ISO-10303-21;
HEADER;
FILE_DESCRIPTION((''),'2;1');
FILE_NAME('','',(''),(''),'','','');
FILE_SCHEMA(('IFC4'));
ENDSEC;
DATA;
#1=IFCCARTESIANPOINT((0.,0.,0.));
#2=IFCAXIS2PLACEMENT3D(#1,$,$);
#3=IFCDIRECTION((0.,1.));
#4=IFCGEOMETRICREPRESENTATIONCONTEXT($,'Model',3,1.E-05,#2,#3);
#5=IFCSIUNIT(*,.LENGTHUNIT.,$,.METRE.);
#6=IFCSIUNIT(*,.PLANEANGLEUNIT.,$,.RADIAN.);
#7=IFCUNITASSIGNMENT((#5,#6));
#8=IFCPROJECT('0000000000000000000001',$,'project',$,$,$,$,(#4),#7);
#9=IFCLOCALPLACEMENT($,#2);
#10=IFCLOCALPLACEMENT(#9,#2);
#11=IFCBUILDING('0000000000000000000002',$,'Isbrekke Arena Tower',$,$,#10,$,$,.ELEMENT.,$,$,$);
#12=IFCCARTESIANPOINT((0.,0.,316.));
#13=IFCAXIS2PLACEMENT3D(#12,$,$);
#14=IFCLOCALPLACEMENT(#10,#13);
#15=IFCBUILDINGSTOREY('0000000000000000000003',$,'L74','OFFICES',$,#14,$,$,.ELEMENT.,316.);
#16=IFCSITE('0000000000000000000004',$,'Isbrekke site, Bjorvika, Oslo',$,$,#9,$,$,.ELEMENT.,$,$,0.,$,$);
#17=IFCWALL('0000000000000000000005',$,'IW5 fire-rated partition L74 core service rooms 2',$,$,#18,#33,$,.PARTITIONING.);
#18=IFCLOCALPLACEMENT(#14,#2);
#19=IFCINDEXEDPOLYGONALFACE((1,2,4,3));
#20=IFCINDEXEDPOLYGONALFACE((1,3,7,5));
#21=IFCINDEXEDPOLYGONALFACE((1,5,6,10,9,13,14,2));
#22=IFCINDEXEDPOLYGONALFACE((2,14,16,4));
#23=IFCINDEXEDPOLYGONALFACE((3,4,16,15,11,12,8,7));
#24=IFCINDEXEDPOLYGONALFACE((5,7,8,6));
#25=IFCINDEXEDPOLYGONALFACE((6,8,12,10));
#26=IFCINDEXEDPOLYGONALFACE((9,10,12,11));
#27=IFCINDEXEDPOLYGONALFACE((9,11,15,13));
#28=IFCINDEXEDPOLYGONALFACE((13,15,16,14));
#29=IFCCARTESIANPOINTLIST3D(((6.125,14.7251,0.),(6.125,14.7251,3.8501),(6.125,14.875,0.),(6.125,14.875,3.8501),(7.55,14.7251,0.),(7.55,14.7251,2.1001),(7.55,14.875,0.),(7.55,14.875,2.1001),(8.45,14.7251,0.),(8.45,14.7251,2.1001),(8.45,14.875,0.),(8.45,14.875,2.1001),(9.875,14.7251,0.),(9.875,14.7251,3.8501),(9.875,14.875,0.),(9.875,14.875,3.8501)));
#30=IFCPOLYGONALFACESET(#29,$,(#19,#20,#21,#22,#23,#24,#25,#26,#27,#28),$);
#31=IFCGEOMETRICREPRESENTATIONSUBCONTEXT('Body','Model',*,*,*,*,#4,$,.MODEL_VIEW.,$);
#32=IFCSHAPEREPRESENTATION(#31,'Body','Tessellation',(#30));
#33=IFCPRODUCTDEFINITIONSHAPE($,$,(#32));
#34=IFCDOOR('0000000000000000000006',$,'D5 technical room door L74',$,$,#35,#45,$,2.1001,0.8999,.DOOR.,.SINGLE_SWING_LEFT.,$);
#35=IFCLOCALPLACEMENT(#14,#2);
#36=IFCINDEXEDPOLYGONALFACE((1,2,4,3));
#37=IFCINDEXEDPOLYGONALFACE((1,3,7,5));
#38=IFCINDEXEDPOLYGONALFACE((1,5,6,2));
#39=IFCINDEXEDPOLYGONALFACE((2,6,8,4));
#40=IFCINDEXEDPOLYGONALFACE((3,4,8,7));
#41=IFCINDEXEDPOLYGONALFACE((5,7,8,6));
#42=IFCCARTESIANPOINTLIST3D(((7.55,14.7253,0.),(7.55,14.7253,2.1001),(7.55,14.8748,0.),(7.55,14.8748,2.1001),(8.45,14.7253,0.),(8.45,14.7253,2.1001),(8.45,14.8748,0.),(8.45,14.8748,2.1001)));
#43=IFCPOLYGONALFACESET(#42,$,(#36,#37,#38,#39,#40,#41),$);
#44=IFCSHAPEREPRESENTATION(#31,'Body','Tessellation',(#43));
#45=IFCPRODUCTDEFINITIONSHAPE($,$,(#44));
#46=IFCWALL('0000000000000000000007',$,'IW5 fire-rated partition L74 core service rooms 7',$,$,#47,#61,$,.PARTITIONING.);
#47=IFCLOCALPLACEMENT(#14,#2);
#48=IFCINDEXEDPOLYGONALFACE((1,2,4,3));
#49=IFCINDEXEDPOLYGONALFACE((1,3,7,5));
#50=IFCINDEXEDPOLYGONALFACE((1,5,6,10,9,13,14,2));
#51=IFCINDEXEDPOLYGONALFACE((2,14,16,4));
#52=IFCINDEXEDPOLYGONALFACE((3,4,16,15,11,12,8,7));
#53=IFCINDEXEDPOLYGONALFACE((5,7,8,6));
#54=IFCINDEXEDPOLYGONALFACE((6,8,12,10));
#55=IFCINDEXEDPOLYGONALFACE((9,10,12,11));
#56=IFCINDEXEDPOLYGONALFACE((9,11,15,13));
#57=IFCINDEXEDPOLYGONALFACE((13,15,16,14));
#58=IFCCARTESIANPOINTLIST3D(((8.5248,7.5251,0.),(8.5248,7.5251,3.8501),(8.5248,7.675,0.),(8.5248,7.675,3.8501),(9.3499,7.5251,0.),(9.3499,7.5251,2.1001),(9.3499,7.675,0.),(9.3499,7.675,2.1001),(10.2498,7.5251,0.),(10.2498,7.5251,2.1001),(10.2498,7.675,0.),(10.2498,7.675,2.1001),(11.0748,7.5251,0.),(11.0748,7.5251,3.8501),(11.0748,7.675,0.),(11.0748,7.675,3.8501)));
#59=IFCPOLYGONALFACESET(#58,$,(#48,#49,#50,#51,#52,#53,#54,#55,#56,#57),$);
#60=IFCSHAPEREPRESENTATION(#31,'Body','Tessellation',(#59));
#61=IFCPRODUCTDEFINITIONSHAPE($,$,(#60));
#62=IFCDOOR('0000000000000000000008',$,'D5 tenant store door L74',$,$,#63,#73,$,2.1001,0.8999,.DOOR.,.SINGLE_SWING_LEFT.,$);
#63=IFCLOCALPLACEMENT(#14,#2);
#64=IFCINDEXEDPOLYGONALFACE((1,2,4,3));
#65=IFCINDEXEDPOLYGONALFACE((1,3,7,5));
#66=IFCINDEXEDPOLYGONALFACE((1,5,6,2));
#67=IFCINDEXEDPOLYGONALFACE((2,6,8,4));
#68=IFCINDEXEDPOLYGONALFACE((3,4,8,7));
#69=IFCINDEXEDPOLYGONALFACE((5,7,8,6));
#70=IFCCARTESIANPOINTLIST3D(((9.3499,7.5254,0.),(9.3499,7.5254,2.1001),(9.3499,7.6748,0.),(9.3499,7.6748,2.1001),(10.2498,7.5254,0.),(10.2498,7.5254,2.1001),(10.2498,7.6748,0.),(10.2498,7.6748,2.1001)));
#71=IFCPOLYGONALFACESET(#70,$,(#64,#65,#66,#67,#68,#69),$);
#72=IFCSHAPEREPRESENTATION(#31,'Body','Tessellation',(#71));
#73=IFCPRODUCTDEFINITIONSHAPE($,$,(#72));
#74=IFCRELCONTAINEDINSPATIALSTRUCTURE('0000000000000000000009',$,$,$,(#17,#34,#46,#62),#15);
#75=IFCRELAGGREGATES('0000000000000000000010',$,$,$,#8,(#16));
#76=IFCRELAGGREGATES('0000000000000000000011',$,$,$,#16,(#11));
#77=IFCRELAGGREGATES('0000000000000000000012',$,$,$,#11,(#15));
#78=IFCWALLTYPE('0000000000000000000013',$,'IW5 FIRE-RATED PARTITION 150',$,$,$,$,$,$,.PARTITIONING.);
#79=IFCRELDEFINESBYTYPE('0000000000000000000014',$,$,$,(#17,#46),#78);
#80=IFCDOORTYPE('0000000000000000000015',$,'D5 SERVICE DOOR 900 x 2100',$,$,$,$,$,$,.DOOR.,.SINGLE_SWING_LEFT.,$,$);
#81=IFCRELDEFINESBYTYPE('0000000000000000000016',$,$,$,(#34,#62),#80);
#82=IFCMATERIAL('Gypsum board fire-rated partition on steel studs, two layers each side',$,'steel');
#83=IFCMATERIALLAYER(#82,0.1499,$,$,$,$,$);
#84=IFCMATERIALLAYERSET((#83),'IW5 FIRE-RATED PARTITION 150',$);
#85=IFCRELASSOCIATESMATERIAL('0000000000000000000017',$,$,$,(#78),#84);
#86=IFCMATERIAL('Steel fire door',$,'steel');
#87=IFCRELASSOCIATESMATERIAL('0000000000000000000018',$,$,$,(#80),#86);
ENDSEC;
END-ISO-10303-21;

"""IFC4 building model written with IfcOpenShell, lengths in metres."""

from ifc_helpers import new_model, si_unit, direction, frame, frame_2d, origin, place, context, subcontext, project, spatial, rectangle, extrude, material, layer, layer_set, type_object, element, fill, save


model = new_model("IFC4")

# Units and contexts
model_context = context("Model", 3, precision=1e-05, world=origin(), true_north=direction((0.0, 1.0)))
body_context = subcontext(model_context, "Body", "Model", "MODEL_VIEW")
ifc_project = project(units=[si_unit("LENGTHUNIT", "METRE"), si_unit("PLANEANGLEUNIT", "RADIAN")], contexts=[model_context])

# Site, building, storey
site_placement = place(None, origin())
site = spatial("IfcSite", under=ifc_project, at=site_placement, Name="Isbrekke site, Bjorvika, Oslo", CompositionType="ELEMENT", RefElevation=0.0)
building_placement = place(site_placement, origin())
building = spatial("IfcBuilding", under=site, at=building_placement, Name="Isbrekke Arena Tower", CompositionType="ELEMENT")
storey_placement = place(building_placement, frame((0.0, 0.0, 316.0)))
storey = spatial("IfcBuildingStorey", under=building, at=storey_placement, Name="L74", Description="OFFICES", CompositionType="ELEMENT", Elevation=316.0)

# Walls, openings, doors
ifc_material_1 = material(Name="Gypsum board fire-rated partition on steel studs, two layers each side", Category="steel")
ifc_layer_1 = layer(ifc_material_1, 0.1499)
ifc_layer_set_1 = layer_set([ifc_layer_1], Name="IW5 FIRE-RATED PARTITION 150")
wall_type_1 = type_object("IfcWallType", Name="IW5 FIRE-RATED PARTITION 150", PredefinedType="PARTITIONING", material=ifc_layer_set_1)
wall_1_placement = place(storey_placement, frame((6.125, 14.8, 0.0), z_axis=(0.0, 0.0, 1.0), x_axis=(1.0, 0.0, 0.0)))
wall_1 = element("IfcWall", 1, at=wall_1_placement, inside=storey, type_object=wall_type_1, Name="IW5 fire-rated partition L74 core service rooms 2", PredefinedType="PARTITIONING", context=body_context, shape_type="SweptSolid", body=[
    extrude(rectangle(XDim=3.75, YDim=0.1499, at=frame_2d((1.875, 0.0))), origin(), (0.0, 0.0, 1.0), 3.8501),
])
opening_1_placement = place(wall_1_placement, frame((1.425, 0.0, 0.0)))
opening_1 = element("IfcOpeningElement", 2, at=opening_1_placement, cuts=wall_1, PredefinedType="OPENING", context=body_context, shape_type="SweptSolid", body=[
    extrude(rectangle(XDim=0.8999, YDim=2.1001, at=frame_2d((0.45, 1.05))), frame((0.0, 0.0898, 0.0), z_axis=(0.0, -1.0, 0.0), x_axis=(1.0, 0.0, 0.0)), (0.0, 0.0, 1.0), 0.1797),
])
ifc_material_2 = material(Name="Steel fire door", Category="steel")
door_type_1 = type_object("IfcDoorType", Name="D5 SERVICE DOOR 900 x 2100", OperationType="SINGLE_SWING_LEFT", PredefinedType="DOOR", material=ifc_material_2)
door_1_placement = place(opening_1_placement, origin())
door_1 = element("IfcDoor", 3, at=door_1_placement, inside=storey, type_object=door_type_1, Name="D5 technical room door L74", OperationType="SINGLE_SWING_LEFT", OverallHeight=2.1001, OverallWidth=0.8999, PredefinedType="DOOR", context=body_context, shape_type="SweptSolid", body=[
    extrude(rectangle(XDim=0.8999, YDim=2.1001, at=frame_2d((0.45, 1.05))), frame((0.0, 0.0747, 0.0), z_axis=(0.0, -1.0, 0.0), x_axis=(1.0, 0.0, 0.0)), (0.0, 0.0, 1.0), 0.1494),
])
fill(opening_1, door_1)
wall_2_placement = place(storey_placement, frame((8.5249, 7.6001, 0.0), z_axis=(0.0, 0.0, 1.0), x_axis=(1.0, 0.0, 0.0)))
wall_2 = element("IfcWall", 4, at=wall_2_placement, inside=storey, type_object=wall_type_1, Name="IW5 fire-rated partition L74 core service rooms 7", PredefinedType="PARTITIONING", context=body_context, shape_type="SweptSolid", body=[
    extrude(rectangle(XDim=2.55, YDim=0.1499, at=frame_2d((1.2749, 0.0))), origin(), (0.0, 0.0, 1.0), 3.8501),
])
opening_2_placement = place(wall_2_placement, frame((0.825, 0.0, 0.0)))
opening_2 = element("IfcOpeningElement", 5, at=opening_2_placement, cuts=wall_2, PredefinedType="OPENING", context=body_context, shape_type="SweptSolid", body=[
    extrude(rectangle(XDim=0.8999, YDim=2.1001, at=frame_2d((0.45, 1.05))), frame((0.0, 0.0898, 0.0), z_axis=(0.0, -1.0, 0.0), x_axis=(1.0, 0.0, 0.0)), (0.0, 0.0, 1.0), 0.1797),
])
door_2_placement = place(opening_2_placement, origin())
door_2 = element("IfcDoor", 6, at=door_2_placement, inside=storey, type_object=door_type_1, Name="D5 tenant store door L74", OperationType="SINGLE_SWING_LEFT", OverallHeight=2.1001, OverallWidth=0.8999, PredefinedType="DOOR", context=body_context, shape_type="SweptSolid", body=[
    extrude(rectangle(XDim=0.8999, YDim=2.1001, at=frame_2d((0.45, 1.05))), frame((0.0, 0.0747, 0.0), z_axis=(0.0, -1.0, 0.0), x_axis=(1.0, 0.0, 0.0)), (0.0, 0.0, 1.0), 0.1494),
])
fill(opening_2, door_2)

save(model, "model.ifc")
